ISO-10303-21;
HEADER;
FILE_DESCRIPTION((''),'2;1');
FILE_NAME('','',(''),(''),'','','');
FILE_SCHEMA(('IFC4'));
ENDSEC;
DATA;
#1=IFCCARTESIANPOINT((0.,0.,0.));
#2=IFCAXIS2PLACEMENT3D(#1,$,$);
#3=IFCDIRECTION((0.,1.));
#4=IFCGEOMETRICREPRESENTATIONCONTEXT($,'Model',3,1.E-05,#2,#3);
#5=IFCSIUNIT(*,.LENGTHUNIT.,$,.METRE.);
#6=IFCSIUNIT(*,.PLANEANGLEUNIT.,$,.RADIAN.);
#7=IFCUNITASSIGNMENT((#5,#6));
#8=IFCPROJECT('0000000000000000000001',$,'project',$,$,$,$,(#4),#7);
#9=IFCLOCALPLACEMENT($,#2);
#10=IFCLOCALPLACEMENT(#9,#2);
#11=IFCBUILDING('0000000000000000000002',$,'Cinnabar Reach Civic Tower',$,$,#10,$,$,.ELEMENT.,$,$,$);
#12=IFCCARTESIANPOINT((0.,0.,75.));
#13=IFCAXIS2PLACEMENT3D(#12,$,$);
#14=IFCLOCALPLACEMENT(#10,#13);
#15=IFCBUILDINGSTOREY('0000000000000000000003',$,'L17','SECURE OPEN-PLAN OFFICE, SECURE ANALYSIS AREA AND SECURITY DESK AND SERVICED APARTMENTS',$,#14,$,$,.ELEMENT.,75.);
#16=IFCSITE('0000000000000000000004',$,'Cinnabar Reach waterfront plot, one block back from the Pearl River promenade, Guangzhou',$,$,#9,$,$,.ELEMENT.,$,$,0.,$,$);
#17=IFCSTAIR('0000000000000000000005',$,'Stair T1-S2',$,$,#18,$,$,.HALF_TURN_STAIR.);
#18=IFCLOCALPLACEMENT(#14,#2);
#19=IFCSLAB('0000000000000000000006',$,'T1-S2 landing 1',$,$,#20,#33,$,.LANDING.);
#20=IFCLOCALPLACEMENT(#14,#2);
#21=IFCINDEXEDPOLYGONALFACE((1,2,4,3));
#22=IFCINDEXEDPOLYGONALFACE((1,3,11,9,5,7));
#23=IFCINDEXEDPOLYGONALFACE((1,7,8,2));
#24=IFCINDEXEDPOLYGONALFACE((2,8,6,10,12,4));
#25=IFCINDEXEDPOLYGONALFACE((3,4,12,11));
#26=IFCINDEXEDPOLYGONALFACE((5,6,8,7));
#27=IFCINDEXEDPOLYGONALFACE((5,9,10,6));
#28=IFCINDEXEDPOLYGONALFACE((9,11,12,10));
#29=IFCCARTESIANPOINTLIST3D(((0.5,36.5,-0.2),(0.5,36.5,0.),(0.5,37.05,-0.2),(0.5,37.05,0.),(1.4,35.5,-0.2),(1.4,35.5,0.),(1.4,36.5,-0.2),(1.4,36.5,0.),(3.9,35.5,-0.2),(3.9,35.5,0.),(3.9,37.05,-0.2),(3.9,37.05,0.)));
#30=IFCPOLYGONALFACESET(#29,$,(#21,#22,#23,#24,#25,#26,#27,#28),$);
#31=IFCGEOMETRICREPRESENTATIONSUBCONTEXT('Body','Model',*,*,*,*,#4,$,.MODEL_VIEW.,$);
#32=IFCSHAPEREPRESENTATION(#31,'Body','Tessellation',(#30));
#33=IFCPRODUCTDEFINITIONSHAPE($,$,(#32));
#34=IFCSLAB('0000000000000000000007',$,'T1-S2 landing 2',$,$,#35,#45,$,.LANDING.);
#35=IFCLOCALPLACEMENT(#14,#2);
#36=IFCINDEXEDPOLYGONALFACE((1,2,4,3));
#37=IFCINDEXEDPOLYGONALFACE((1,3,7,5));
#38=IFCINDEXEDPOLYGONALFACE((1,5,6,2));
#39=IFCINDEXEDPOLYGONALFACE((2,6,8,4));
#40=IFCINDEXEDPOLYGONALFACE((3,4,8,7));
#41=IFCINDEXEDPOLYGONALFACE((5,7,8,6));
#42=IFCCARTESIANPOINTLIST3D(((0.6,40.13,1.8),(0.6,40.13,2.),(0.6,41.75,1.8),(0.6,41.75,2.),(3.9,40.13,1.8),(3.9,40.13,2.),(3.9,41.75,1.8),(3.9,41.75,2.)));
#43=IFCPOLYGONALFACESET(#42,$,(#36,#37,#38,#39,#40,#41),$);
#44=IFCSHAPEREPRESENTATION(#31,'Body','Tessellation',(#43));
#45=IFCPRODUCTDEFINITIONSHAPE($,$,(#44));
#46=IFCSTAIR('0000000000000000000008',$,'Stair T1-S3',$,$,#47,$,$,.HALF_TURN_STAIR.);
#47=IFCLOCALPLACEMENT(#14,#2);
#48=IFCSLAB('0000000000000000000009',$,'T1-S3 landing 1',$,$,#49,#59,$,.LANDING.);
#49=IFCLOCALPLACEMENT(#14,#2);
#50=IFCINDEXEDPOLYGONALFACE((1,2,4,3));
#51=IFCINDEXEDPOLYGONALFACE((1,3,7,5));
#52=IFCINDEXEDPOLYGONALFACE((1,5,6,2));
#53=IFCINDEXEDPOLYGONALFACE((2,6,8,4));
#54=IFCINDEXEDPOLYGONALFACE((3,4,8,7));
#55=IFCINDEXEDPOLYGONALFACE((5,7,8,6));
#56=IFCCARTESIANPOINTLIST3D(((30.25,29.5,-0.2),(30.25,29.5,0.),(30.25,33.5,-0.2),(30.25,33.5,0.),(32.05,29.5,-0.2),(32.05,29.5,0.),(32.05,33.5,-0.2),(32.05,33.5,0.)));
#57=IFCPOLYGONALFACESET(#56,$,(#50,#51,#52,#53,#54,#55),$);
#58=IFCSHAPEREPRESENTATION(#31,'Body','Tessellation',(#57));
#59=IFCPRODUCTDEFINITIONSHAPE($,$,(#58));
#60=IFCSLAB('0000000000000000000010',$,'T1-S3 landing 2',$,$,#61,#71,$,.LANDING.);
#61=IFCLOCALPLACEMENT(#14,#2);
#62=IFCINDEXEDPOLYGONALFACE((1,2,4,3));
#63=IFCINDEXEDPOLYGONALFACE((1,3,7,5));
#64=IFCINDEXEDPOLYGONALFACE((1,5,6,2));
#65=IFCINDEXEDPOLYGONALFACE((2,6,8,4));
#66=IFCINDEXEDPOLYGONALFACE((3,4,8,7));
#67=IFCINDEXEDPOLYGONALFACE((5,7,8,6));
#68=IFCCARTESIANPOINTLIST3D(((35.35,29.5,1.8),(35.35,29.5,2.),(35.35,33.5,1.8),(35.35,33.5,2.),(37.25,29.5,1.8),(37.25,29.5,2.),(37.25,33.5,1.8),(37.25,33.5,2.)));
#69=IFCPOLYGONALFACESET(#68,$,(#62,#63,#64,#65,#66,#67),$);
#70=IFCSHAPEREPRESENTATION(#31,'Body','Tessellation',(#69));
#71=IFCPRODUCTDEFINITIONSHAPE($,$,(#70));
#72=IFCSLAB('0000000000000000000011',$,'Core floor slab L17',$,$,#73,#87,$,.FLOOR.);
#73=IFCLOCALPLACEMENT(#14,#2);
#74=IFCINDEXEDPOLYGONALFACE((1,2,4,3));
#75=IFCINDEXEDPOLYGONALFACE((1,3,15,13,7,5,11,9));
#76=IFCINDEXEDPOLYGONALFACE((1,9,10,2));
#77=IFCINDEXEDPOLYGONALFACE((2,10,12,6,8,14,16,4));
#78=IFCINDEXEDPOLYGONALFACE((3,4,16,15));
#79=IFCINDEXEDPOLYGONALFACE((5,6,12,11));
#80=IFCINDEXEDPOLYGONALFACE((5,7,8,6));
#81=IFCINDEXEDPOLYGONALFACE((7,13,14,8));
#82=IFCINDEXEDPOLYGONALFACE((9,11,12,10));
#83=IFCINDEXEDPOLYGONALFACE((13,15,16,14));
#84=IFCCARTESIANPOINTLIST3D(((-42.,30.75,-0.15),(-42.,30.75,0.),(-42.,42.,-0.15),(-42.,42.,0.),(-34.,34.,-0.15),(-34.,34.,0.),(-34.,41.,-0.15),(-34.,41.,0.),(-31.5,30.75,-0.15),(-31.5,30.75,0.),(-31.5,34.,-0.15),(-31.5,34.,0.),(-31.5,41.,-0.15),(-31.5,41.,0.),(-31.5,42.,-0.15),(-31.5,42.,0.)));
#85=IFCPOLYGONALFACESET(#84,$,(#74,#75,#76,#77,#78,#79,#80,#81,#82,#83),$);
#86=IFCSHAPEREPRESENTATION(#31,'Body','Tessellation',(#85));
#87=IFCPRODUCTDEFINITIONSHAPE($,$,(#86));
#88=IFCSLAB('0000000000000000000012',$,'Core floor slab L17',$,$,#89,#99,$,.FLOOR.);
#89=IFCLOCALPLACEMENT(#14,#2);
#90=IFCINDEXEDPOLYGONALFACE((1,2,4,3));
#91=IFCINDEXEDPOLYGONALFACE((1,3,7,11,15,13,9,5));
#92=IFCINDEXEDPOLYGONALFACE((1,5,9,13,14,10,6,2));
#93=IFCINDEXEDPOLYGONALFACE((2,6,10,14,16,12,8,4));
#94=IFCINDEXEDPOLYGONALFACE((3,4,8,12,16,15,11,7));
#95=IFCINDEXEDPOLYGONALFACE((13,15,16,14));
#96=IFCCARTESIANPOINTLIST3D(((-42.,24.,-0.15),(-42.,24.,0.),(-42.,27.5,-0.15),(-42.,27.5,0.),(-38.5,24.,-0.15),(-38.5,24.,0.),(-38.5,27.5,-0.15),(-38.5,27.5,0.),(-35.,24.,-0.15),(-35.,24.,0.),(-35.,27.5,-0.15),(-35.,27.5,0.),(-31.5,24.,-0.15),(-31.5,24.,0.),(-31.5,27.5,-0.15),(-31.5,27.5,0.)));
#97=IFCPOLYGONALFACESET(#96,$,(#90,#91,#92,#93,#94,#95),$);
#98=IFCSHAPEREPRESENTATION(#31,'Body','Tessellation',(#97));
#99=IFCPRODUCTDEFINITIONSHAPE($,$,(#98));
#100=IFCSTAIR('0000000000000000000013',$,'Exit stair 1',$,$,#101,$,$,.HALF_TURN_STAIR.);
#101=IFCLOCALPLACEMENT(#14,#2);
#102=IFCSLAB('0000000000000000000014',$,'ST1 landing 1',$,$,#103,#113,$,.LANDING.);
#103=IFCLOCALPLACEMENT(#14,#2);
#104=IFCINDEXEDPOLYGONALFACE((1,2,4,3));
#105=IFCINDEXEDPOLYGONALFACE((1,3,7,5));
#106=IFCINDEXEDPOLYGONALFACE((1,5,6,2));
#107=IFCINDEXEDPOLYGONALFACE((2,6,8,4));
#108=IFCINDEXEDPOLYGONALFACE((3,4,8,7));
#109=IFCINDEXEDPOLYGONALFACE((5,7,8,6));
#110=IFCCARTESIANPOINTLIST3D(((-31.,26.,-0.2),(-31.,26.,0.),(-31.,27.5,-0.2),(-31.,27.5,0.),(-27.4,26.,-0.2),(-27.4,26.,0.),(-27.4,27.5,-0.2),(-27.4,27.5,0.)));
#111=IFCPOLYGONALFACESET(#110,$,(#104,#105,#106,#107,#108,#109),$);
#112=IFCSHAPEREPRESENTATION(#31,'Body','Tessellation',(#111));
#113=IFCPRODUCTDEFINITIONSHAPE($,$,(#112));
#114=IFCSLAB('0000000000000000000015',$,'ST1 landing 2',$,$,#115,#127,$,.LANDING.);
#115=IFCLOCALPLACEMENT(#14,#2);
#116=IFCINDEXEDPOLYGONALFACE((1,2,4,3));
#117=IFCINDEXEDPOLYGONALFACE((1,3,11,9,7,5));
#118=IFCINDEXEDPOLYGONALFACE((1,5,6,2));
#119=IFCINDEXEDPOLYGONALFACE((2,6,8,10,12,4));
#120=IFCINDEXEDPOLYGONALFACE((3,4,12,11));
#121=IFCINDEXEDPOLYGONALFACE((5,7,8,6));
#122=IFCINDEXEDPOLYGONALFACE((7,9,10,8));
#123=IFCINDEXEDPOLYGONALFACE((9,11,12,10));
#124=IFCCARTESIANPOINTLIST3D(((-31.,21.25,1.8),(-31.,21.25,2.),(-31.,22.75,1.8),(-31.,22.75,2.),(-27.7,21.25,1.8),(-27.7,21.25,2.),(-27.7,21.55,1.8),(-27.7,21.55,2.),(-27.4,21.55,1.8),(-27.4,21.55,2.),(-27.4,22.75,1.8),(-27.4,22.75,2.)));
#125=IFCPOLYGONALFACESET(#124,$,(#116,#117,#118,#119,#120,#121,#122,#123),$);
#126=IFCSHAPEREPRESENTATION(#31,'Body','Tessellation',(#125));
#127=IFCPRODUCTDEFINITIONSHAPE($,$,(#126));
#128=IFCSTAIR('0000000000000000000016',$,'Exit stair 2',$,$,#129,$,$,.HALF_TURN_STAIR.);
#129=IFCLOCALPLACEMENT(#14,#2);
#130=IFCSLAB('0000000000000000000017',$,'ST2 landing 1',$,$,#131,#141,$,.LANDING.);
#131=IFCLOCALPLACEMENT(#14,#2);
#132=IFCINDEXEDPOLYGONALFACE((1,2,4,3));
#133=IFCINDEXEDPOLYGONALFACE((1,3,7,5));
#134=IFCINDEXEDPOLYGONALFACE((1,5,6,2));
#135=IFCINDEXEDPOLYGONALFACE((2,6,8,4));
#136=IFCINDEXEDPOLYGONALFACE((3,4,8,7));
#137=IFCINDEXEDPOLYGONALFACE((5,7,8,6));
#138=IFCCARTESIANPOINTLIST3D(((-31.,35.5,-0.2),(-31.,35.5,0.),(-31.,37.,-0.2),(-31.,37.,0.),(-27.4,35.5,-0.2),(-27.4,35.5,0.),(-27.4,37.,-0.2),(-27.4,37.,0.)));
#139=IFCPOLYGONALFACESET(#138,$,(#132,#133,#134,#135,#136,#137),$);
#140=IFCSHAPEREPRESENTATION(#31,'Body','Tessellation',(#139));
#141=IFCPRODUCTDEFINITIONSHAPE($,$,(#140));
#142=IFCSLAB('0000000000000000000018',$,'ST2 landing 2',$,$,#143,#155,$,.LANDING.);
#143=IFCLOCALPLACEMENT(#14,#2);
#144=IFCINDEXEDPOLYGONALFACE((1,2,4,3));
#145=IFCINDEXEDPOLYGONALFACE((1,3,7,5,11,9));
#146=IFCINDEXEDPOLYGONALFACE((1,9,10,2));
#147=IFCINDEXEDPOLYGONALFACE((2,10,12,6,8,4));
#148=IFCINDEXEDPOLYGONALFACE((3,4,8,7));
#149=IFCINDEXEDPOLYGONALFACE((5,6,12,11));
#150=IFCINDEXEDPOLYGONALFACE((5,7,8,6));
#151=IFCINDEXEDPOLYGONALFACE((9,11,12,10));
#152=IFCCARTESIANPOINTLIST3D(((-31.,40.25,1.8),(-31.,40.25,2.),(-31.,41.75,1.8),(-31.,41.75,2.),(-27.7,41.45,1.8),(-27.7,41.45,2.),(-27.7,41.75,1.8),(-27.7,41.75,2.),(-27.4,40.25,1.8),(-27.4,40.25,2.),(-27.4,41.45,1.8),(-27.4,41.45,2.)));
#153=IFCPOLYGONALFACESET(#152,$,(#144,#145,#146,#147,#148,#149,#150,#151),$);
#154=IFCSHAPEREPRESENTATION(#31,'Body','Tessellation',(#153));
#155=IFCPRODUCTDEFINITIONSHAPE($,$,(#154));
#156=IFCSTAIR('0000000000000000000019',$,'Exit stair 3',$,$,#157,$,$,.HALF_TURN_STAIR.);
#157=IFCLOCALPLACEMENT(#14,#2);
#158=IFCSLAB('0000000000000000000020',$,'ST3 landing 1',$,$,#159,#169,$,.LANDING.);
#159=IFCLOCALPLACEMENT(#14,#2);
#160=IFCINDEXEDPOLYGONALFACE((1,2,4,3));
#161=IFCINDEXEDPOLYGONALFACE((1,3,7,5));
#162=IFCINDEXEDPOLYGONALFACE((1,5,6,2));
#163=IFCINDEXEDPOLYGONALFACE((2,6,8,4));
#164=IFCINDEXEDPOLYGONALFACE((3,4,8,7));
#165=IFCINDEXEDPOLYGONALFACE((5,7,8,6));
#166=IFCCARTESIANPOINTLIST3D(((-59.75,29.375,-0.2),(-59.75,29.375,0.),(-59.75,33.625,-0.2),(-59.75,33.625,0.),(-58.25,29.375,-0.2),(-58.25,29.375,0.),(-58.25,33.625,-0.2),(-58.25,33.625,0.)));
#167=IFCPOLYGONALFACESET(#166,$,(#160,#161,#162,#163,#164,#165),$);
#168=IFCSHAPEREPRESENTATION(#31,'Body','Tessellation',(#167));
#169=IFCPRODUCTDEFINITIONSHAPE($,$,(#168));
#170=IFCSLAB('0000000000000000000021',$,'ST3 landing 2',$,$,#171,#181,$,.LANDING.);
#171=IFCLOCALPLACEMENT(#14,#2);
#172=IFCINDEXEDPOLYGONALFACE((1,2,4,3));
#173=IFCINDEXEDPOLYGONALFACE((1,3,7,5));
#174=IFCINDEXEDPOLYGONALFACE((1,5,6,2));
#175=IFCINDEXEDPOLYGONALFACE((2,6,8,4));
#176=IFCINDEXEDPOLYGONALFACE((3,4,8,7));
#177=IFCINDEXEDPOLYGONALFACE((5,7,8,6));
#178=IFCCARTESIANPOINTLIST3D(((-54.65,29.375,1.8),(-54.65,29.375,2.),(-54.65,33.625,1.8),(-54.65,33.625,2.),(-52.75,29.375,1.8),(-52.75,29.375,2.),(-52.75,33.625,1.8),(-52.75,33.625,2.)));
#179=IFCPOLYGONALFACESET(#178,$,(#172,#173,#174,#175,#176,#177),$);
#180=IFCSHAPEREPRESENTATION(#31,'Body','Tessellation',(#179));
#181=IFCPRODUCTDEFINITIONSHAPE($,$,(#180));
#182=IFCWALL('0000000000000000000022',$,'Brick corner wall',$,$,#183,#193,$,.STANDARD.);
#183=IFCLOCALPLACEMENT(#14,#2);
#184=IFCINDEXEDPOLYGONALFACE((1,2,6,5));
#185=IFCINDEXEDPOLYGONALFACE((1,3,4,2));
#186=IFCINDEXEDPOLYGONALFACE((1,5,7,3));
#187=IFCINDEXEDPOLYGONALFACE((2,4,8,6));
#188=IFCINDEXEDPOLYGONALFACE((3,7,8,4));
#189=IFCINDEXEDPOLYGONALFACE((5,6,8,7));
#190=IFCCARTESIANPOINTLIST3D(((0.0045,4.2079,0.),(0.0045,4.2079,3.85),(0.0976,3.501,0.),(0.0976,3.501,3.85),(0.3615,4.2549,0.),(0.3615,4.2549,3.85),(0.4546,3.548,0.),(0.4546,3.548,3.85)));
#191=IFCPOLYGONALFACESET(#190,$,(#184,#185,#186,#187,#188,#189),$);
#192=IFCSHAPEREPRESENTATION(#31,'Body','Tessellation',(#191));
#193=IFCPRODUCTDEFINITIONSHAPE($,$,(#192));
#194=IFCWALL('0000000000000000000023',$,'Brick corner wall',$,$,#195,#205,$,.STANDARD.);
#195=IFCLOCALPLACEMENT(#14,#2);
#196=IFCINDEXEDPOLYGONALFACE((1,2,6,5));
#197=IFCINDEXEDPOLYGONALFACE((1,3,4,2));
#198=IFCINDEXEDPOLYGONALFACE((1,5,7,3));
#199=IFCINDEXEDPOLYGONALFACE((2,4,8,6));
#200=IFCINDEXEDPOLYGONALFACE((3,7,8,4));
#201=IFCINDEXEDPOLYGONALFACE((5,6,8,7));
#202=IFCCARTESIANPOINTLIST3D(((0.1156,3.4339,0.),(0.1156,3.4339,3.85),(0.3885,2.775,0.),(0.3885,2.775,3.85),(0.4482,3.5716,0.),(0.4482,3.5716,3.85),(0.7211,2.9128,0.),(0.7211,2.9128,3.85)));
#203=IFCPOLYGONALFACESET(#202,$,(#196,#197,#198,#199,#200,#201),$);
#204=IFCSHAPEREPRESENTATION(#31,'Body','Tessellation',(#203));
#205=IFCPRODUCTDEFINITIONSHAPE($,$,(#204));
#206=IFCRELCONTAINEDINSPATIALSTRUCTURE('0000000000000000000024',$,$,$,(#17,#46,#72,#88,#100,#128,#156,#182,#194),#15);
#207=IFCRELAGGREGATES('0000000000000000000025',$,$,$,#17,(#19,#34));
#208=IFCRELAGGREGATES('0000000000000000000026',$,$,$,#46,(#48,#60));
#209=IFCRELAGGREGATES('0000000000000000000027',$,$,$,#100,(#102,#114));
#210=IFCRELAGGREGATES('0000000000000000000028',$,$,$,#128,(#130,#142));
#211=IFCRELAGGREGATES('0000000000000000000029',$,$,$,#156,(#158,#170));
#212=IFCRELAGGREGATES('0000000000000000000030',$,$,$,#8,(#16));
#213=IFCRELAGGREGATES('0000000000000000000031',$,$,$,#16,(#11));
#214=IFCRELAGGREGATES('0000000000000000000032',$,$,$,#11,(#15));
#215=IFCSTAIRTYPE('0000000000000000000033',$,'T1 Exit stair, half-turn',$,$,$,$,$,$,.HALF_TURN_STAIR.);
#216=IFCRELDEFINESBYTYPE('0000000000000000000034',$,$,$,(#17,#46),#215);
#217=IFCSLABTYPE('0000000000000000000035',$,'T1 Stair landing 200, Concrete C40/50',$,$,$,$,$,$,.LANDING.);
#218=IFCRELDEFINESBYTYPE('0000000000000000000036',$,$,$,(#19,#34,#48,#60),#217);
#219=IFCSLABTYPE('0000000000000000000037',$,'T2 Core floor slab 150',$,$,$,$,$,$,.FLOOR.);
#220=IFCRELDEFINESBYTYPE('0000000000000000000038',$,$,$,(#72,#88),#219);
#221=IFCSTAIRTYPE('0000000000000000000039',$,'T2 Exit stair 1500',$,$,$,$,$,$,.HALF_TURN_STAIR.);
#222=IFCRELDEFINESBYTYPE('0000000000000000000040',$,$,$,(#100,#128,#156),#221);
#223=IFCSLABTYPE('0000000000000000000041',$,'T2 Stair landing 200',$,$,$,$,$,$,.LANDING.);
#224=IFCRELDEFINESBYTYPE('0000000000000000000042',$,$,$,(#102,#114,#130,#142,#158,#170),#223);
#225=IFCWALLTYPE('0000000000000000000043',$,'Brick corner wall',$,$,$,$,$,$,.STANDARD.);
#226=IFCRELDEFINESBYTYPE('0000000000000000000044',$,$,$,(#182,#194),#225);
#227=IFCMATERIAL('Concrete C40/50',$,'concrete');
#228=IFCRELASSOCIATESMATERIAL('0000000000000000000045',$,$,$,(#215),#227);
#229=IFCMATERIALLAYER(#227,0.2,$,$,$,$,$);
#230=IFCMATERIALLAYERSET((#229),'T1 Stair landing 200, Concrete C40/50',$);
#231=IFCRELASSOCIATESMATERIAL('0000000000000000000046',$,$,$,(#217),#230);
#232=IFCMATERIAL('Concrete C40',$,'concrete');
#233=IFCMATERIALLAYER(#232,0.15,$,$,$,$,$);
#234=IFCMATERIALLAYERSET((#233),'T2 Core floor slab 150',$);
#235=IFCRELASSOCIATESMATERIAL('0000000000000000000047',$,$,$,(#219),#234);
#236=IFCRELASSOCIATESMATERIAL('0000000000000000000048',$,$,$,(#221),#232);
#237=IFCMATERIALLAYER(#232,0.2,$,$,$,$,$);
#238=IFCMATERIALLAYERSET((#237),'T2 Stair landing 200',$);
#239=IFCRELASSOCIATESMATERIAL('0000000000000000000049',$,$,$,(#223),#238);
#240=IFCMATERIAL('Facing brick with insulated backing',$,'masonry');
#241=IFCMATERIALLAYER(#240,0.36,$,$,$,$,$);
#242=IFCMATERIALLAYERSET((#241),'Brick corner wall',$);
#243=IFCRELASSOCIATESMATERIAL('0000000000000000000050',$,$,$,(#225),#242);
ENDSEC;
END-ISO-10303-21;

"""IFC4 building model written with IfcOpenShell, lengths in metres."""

from ifc_helpers import new_model, si_unit, direction, frame, frame_2d, origin, place, context, subcontext, project, spatial, polyline, rectangle, outline, extrude, material, layer, layer_set, type_object, element, aggregate, save


model = new_model("IFC4")

# Units and contexts
model_context = context("Model", 3, precision=1e-05, world=origin(), true_north=direction((0.0, 1.0)))
body_context = subcontext(model_context, "Body", "Model", "MODEL_VIEW")
ifc_project = project(units=[si_unit("LENGTHUNIT", "METRE"), si_unit("PLANEANGLEUNIT", "RADIAN")], contexts=[model_context])

# Site, building, storey
site_placement = place(None, origin())
site = spatial("IfcSite", under=ifc_project, at=site_placement, Name="Cinnabar Reach waterfront plot, one block back from the Pearl River promenade, Guangzhou", CompositionType="ELEMENT", RefElevation=0.0)
building_placement = place(site_placement, origin())
building = spatial("IfcBuilding", under=site, at=building_placement, Name="Cinnabar Reach Civic Tower", CompositionType="ELEMENT")
storey_placement = place(building_placement, frame((0.0, 0.0, 75.0)))
storey = spatial("IfcBuildingStorey", under=building, at=storey_placement, Name="L17", Description="SECURE OPEN-PLAN OFFICE, SECURE ANALYSIS AREA AND SECURITY DESK AND SERVICED APARTMENTS", CompositionType="ELEMENT", Elevation=75.0)

# Stairs, slabs
ifc_material_1 = material(Name="Concrete C40/50", Category="concrete")
stair_type_1 = type_object("IfcStairType", Name="T1 Exit stair, half-turn", PredefinedType="HALF_TURN_STAIR", material=ifc_material_1)
stair_1_placement = place(storey_placement, origin())
stair_1 = element("IfcStair", 1, at=stair_1_placement, inside=storey, type_object=stair_type_1, Name="Stair T1-S2", PredefinedType="HALF_TURN_STAIR")
ifc_layer_1 = layer(ifc_material_1, 0.2)
ifc_layer_set_1 = layer_set([ifc_layer_1], Name="T1 Stair landing 200, Concrete C40/50")
slab_type_1 = type_object("IfcSlabType", Name="T1 Stair landing 200, Concrete C40/50", PredefinedType="LANDING", material=ifc_layer_set_1)
slab_1_placement = place(storey_placement, frame((0.0, 0.0, -0.2)))
slab_1 = element("IfcSlab", 2, at=slab_1_placement, type_object=slab_type_1, Name="T1-S2 landing 1", PredefinedType="LANDING", context=body_context, shape_type="SweptSolid", body=[
    extrude(outline(polyline([(0.5, 37.05), (3.9, 37.05), (3.9, 35.5), (1.4, 35.5), (1.4, 36.5), (0.5, 36.5), (0.5, 37.05)])), origin(), (0.0, 0.0, 1.0), 0.2),
])
slab_2_placement = place(storey_placement, frame((0.0, 0.0, 1.8)))
slab_2 = element("IfcSlab", 3, at=slab_2_placement, type_object=slab_type_1, Name="T1-S2 landing 2", PredefinedType="LANDING", context=body_context, shape_type="SweptSolid", body=[
    extrude(outline(polyline([(0.6, 40.13), (0.6, 41.75), (3.9, 41.75), (3.9, 40.13), (0.6, 40.13)])), origin(), (0.0, 0.0, 1.0), 0.2),
])
aggregate(stair_1, [slab_1, slab_2])
stair_2_placement = place(storey_placement, origin())
stair_2 = element("IfcStair", 4, at=stair_2_placement, inside=storey, type_object=stair_type_1, Name="Stair T1-S3", PredefinedType="HALF_TURN_STAIR")
slab_3_placement = place(storey_placement, frame((0.0, 0.0, -0.2)))
slab_3 = element("IfcSlab", 5, at=slab_3_placement, type_object=slab_type_1, Name="T1-S3 landing 1", PredefinedType="LANDING", context=body_context, shape_type="SweptSolid", body=[
    extrude(outline(polyline([(30.25, 29.5), (32.05, 29.5), (32.05, 33.5), (30.25, 33.5), (30.25, 29.5)])), origin(), (0.0, 0.0, 1.0), 0.2),
])
slab_4_placement = place(storey_placement, frame((0.0, 0.0, 1.8)))
slab_4 = element("IfcSlab", 6, at=slab_4_placement, type_object=slab_type_1, Name="T1-S3 landing 2", PredefinedType="LANDING", context=body_context, shape_type="SweptSolid", body=[
    extrude(outline(polyline([(35.35, 29.5), (37.25, 29.5), (37.25, 33.5), (35.35, 33.5), (35.35, 29.5)])), origin(), (0.0, 0.0, 1.0), 0.2),
])
aggregate(stair_2, [slab_3, slab_4])

# Slabs
ifc_material_2 = material(Name="Concrete C40", Category="concrete")
ifc_layer_2 = layer(ifc_material_2, 0.15)
ifc_layer_set_2 = layer_set([ifc_layer_2], Name="T2 Core floor slab 150")
slab_type_2 = type_object("IfcSlabType", Name="T2 Core floor slab 150", PredefinedType="FLOOR", material=ifc_layer_set_2)
slab_5_placement = place(storey_placement, frame((0.0, 0.0, -0.15)))
element("IfcSlab", 7, at=slab_5_placement, inside=storey, type_object=slab_type_2, Name="Core floor slab L17", PredefinedType="FLOOR", context=body_context, shape_type="SweptSolid", body=[
    extrude(outline(polyline([(-42.0, 42.0), (-31.5, 42.0), (-31.5, 41.0), (-34.0, 41.0), (-34.0, 34.0), (-31.5, 34.0), (-31.5, 30.75), (-42.0, 30.75), (-42.0, 42.0)])), origin(), (0.0, 0.0, 1.0), 0.15),
])
slab_6_placement = place(storey_placement, frame((0.0, 0.0, -0.15)))
element("IfcSlab", 8, at=slab_6_placement, inside=storey, type_object=slab_type_2, Name="Core floor slab L17", PredefinedType="FLOOR", context=body_context, shape_type="SweptSolid", body=[
    extrude(outline(polyline([(-35.0, 24.0), (-38.5, 24.0), (-42.0, 24.0), (-42.0, 27.5), (-38.5, 27.5), (-35.0, 27.5), (-31.5, 27.5), (-31.5, 24.0), (-35.0, 24.0)])), origin(), (0.0, 0.0, 1.0), 0.15),
])

# Stairs, slabs
stair_type_2 = type_object("IfcStairType", Name="T2 Exit stair 1500", PredefinedType="HALF_TURN_STAIR", material=ifc_material_2)
stair_3_placement = place(storey_placement, origin())
stair_3 = element("IfcStair", 9, at=stair_3_placement, inside=storey, type_object=stair_type_2, Name="Exit stair 1", PredefinedType="HALF_TURN_STAIR")
ifc_layer_3 = layer(ifc_material_2, 0.2)
ifc_layer_set_3 = layer_set([ifc_layer_3], Name="T2 Stair landing 200")
slab_type_3 = type_object("IfcSlabType", Name="T2 Stair landing 200", PredefinedType="LANDING", material=ifc_layer_set_3)
slab_7_placement = place(storey_placement, frame((0.0, 0.0, -0.2)))
slab_7 = element("IfcSlab", 10, at=slab_7_placement, type_object=slab_type_3, Name="ST1 landing 1", PredefinedType="LANDING", context=body_context, shape_type="SweptSolid", body=[
    extrude(outline(polyline([(-31.0, 26.0), (-31.0, 27.5), (-27.4, 27.5), (-27.4, 26.0), (-31.0, 26.0)])), origin(), (0.0, 0.0, 1.0), 0.2),
])
slab_8_placement = place(storey_placement, frame((0.0, 0.0, 1.8)))
slab_8 = element("IfcSlab", 11, at=slab_8_placement, type_object=slab_type_3, Name="ST1 landing 2", PredefinedType="LANDING", context=body_context, shape_type="SweptSolid", body=[
    extrude(outline(polyline([(-31.0, 21.25), (-31.0, 22.75), (-27.4, 22.75), (-27.4, 21.55), (-27.7, 21.55), (-27.7, 21.25), (-31.0, 21.25)])), origin(), (0.0, 0.0, 1.0), 0.2),
])
aggregate(stair_3, [slab_7, slab_8])
stair_4_placement = place(storey_placement, origin())
stair_4 = element("IfcStair", 12, at=stair_4_placement, inside=storey, type_object=stair_type_2, Name="Exit stair 2", PredefinedType="HALF_TURN_STAIR")
slab_9_placement = place(storey_placement, frame((0.0, 0.0, -0.2)))
slab_9 = element("IfcSlab", 13, at=slab_9_placement, type_object=slab_type_3, Name="ST2 landing 1", PredefinedType="LANDING", context=body_context, shape_type="SweptSolid", body=[
    extrude(outline(polyline([(-31.0, 35.5), (-31.0, 37.0), (-27.4, 37.0), (-27.4, 35.5), (-31.0, 35.5)])), origin(), (0.0, 0.0, 1.0), 0.2),
])
slab_10_placement = place(storey_placement, frame((0.0, 0.0, 1.8)))
slab_10 = element("IfcSlab", 14, at=slab_10_placement, type_object=slab_type_3, Name="ST2 landing 2", PredefinedType="LANDING", context=body_context, shape_type="SweptSolid", body=[
    extrude(outline(polyline([(-27.4, 40.25), (-31.0, 40.25), (-31.0, 41.75), (-27.7, 41.75), (-27.7, 41.45), (-27.4, 41.45), (-27.4, 40.25)])), origin(), (0.0, 0.0, 1.0), 0.2),
])
aggregate(stair_4, [slab_9, slab_10])
stair_5_placement = place(storey_placement, origin())
stair_5 = element("IfcStair", 15, at=stair_5_placement, inside=storey, type_object=stair_type_2, Name="Exit stair 3", PredefinedType="HALF_TURN_STAIR")
slab_11_placement = place(storey_placement, frame((0.0, 0.0, -0.2)))
slab_11 = element("IfcSlab", 16, at=slab_11_placement, type_object=slab_type_3, Name="ST3 landing 1", PredefinedType="LANDING", context=body_context, shape_type="SweptSolid", body=[
    extrude(outline(polyline([(-59.75, 29.375), (-59.75, 33.625), (-58.25, 33.625), (-58.25, 29.375), (-59.75, 29.375)])), origin(), (0.0, 0.0, 1.0), 0.2),
])
slab_12_placement = place(storey_placement, frame((0.0, 0.0, 1.8)))
slab_12 = element("IfcSlab", 17, at=slab_12_placement, type_object=slab_type_3, Name="ST3 landing 2", PredefinedType="LANDING", context=body_context, shape_type="SweptSolid", body=[
    extrude(outline(polyline([(-54.65, 29.375), (-54.65, 33.625), (-52.75, 33.625), (-52.75, 29.375), (-54.65, 29.375)])), origin(), (0.0, 0.0, 1.0), 0.2),
])
aggregate(stair_5, [slab_11, slab_12])

# Walls
ifc_material_3 = material(Name="Facing brick with insulated backing", Category="masonry")
ifc_layer_4 = layer(ifc_material_3, 0.36)
ifc_layer_set_4 = layer_set([ifc_layer_4], Name="Brick corner wall")
wall_type_1 = type_object("IfcWallType", Name="Brick corner wall", PredefinedType="STANDARD", material=ifc_layer_set_4)
for number, where, z_axis, x_axis, name in (
    (18, (0.183, 4.2314, 0.0), (0.0, 0.0, 1.0), (0.130556, -0.991441, 0.0), "Brick corner wall"),
    (19, (0.2819, 3.5027, 0.0), (0.0, 0.0, 1.0), (0.382703, -0.923872, 0.0), "Brick corner wall"),
):
    element("IfcWall", number, at=place(storey_placement, frame(where, z_axis=z_axis, x_axis=x_axis)), inside=storey, type_object=wall_type_1, Name=name, PredefinedType="STANDARD", context=body_context, shape_type="SweptSolid", body=[
        extrude(rectangle(XDim=0.7131, YDim=0.36, at=frame_2d((0.3565, 0.0))), origin(), (0.0, 0.0, 1.0), 3.85),
    ])

save(model, "model.ifc")
